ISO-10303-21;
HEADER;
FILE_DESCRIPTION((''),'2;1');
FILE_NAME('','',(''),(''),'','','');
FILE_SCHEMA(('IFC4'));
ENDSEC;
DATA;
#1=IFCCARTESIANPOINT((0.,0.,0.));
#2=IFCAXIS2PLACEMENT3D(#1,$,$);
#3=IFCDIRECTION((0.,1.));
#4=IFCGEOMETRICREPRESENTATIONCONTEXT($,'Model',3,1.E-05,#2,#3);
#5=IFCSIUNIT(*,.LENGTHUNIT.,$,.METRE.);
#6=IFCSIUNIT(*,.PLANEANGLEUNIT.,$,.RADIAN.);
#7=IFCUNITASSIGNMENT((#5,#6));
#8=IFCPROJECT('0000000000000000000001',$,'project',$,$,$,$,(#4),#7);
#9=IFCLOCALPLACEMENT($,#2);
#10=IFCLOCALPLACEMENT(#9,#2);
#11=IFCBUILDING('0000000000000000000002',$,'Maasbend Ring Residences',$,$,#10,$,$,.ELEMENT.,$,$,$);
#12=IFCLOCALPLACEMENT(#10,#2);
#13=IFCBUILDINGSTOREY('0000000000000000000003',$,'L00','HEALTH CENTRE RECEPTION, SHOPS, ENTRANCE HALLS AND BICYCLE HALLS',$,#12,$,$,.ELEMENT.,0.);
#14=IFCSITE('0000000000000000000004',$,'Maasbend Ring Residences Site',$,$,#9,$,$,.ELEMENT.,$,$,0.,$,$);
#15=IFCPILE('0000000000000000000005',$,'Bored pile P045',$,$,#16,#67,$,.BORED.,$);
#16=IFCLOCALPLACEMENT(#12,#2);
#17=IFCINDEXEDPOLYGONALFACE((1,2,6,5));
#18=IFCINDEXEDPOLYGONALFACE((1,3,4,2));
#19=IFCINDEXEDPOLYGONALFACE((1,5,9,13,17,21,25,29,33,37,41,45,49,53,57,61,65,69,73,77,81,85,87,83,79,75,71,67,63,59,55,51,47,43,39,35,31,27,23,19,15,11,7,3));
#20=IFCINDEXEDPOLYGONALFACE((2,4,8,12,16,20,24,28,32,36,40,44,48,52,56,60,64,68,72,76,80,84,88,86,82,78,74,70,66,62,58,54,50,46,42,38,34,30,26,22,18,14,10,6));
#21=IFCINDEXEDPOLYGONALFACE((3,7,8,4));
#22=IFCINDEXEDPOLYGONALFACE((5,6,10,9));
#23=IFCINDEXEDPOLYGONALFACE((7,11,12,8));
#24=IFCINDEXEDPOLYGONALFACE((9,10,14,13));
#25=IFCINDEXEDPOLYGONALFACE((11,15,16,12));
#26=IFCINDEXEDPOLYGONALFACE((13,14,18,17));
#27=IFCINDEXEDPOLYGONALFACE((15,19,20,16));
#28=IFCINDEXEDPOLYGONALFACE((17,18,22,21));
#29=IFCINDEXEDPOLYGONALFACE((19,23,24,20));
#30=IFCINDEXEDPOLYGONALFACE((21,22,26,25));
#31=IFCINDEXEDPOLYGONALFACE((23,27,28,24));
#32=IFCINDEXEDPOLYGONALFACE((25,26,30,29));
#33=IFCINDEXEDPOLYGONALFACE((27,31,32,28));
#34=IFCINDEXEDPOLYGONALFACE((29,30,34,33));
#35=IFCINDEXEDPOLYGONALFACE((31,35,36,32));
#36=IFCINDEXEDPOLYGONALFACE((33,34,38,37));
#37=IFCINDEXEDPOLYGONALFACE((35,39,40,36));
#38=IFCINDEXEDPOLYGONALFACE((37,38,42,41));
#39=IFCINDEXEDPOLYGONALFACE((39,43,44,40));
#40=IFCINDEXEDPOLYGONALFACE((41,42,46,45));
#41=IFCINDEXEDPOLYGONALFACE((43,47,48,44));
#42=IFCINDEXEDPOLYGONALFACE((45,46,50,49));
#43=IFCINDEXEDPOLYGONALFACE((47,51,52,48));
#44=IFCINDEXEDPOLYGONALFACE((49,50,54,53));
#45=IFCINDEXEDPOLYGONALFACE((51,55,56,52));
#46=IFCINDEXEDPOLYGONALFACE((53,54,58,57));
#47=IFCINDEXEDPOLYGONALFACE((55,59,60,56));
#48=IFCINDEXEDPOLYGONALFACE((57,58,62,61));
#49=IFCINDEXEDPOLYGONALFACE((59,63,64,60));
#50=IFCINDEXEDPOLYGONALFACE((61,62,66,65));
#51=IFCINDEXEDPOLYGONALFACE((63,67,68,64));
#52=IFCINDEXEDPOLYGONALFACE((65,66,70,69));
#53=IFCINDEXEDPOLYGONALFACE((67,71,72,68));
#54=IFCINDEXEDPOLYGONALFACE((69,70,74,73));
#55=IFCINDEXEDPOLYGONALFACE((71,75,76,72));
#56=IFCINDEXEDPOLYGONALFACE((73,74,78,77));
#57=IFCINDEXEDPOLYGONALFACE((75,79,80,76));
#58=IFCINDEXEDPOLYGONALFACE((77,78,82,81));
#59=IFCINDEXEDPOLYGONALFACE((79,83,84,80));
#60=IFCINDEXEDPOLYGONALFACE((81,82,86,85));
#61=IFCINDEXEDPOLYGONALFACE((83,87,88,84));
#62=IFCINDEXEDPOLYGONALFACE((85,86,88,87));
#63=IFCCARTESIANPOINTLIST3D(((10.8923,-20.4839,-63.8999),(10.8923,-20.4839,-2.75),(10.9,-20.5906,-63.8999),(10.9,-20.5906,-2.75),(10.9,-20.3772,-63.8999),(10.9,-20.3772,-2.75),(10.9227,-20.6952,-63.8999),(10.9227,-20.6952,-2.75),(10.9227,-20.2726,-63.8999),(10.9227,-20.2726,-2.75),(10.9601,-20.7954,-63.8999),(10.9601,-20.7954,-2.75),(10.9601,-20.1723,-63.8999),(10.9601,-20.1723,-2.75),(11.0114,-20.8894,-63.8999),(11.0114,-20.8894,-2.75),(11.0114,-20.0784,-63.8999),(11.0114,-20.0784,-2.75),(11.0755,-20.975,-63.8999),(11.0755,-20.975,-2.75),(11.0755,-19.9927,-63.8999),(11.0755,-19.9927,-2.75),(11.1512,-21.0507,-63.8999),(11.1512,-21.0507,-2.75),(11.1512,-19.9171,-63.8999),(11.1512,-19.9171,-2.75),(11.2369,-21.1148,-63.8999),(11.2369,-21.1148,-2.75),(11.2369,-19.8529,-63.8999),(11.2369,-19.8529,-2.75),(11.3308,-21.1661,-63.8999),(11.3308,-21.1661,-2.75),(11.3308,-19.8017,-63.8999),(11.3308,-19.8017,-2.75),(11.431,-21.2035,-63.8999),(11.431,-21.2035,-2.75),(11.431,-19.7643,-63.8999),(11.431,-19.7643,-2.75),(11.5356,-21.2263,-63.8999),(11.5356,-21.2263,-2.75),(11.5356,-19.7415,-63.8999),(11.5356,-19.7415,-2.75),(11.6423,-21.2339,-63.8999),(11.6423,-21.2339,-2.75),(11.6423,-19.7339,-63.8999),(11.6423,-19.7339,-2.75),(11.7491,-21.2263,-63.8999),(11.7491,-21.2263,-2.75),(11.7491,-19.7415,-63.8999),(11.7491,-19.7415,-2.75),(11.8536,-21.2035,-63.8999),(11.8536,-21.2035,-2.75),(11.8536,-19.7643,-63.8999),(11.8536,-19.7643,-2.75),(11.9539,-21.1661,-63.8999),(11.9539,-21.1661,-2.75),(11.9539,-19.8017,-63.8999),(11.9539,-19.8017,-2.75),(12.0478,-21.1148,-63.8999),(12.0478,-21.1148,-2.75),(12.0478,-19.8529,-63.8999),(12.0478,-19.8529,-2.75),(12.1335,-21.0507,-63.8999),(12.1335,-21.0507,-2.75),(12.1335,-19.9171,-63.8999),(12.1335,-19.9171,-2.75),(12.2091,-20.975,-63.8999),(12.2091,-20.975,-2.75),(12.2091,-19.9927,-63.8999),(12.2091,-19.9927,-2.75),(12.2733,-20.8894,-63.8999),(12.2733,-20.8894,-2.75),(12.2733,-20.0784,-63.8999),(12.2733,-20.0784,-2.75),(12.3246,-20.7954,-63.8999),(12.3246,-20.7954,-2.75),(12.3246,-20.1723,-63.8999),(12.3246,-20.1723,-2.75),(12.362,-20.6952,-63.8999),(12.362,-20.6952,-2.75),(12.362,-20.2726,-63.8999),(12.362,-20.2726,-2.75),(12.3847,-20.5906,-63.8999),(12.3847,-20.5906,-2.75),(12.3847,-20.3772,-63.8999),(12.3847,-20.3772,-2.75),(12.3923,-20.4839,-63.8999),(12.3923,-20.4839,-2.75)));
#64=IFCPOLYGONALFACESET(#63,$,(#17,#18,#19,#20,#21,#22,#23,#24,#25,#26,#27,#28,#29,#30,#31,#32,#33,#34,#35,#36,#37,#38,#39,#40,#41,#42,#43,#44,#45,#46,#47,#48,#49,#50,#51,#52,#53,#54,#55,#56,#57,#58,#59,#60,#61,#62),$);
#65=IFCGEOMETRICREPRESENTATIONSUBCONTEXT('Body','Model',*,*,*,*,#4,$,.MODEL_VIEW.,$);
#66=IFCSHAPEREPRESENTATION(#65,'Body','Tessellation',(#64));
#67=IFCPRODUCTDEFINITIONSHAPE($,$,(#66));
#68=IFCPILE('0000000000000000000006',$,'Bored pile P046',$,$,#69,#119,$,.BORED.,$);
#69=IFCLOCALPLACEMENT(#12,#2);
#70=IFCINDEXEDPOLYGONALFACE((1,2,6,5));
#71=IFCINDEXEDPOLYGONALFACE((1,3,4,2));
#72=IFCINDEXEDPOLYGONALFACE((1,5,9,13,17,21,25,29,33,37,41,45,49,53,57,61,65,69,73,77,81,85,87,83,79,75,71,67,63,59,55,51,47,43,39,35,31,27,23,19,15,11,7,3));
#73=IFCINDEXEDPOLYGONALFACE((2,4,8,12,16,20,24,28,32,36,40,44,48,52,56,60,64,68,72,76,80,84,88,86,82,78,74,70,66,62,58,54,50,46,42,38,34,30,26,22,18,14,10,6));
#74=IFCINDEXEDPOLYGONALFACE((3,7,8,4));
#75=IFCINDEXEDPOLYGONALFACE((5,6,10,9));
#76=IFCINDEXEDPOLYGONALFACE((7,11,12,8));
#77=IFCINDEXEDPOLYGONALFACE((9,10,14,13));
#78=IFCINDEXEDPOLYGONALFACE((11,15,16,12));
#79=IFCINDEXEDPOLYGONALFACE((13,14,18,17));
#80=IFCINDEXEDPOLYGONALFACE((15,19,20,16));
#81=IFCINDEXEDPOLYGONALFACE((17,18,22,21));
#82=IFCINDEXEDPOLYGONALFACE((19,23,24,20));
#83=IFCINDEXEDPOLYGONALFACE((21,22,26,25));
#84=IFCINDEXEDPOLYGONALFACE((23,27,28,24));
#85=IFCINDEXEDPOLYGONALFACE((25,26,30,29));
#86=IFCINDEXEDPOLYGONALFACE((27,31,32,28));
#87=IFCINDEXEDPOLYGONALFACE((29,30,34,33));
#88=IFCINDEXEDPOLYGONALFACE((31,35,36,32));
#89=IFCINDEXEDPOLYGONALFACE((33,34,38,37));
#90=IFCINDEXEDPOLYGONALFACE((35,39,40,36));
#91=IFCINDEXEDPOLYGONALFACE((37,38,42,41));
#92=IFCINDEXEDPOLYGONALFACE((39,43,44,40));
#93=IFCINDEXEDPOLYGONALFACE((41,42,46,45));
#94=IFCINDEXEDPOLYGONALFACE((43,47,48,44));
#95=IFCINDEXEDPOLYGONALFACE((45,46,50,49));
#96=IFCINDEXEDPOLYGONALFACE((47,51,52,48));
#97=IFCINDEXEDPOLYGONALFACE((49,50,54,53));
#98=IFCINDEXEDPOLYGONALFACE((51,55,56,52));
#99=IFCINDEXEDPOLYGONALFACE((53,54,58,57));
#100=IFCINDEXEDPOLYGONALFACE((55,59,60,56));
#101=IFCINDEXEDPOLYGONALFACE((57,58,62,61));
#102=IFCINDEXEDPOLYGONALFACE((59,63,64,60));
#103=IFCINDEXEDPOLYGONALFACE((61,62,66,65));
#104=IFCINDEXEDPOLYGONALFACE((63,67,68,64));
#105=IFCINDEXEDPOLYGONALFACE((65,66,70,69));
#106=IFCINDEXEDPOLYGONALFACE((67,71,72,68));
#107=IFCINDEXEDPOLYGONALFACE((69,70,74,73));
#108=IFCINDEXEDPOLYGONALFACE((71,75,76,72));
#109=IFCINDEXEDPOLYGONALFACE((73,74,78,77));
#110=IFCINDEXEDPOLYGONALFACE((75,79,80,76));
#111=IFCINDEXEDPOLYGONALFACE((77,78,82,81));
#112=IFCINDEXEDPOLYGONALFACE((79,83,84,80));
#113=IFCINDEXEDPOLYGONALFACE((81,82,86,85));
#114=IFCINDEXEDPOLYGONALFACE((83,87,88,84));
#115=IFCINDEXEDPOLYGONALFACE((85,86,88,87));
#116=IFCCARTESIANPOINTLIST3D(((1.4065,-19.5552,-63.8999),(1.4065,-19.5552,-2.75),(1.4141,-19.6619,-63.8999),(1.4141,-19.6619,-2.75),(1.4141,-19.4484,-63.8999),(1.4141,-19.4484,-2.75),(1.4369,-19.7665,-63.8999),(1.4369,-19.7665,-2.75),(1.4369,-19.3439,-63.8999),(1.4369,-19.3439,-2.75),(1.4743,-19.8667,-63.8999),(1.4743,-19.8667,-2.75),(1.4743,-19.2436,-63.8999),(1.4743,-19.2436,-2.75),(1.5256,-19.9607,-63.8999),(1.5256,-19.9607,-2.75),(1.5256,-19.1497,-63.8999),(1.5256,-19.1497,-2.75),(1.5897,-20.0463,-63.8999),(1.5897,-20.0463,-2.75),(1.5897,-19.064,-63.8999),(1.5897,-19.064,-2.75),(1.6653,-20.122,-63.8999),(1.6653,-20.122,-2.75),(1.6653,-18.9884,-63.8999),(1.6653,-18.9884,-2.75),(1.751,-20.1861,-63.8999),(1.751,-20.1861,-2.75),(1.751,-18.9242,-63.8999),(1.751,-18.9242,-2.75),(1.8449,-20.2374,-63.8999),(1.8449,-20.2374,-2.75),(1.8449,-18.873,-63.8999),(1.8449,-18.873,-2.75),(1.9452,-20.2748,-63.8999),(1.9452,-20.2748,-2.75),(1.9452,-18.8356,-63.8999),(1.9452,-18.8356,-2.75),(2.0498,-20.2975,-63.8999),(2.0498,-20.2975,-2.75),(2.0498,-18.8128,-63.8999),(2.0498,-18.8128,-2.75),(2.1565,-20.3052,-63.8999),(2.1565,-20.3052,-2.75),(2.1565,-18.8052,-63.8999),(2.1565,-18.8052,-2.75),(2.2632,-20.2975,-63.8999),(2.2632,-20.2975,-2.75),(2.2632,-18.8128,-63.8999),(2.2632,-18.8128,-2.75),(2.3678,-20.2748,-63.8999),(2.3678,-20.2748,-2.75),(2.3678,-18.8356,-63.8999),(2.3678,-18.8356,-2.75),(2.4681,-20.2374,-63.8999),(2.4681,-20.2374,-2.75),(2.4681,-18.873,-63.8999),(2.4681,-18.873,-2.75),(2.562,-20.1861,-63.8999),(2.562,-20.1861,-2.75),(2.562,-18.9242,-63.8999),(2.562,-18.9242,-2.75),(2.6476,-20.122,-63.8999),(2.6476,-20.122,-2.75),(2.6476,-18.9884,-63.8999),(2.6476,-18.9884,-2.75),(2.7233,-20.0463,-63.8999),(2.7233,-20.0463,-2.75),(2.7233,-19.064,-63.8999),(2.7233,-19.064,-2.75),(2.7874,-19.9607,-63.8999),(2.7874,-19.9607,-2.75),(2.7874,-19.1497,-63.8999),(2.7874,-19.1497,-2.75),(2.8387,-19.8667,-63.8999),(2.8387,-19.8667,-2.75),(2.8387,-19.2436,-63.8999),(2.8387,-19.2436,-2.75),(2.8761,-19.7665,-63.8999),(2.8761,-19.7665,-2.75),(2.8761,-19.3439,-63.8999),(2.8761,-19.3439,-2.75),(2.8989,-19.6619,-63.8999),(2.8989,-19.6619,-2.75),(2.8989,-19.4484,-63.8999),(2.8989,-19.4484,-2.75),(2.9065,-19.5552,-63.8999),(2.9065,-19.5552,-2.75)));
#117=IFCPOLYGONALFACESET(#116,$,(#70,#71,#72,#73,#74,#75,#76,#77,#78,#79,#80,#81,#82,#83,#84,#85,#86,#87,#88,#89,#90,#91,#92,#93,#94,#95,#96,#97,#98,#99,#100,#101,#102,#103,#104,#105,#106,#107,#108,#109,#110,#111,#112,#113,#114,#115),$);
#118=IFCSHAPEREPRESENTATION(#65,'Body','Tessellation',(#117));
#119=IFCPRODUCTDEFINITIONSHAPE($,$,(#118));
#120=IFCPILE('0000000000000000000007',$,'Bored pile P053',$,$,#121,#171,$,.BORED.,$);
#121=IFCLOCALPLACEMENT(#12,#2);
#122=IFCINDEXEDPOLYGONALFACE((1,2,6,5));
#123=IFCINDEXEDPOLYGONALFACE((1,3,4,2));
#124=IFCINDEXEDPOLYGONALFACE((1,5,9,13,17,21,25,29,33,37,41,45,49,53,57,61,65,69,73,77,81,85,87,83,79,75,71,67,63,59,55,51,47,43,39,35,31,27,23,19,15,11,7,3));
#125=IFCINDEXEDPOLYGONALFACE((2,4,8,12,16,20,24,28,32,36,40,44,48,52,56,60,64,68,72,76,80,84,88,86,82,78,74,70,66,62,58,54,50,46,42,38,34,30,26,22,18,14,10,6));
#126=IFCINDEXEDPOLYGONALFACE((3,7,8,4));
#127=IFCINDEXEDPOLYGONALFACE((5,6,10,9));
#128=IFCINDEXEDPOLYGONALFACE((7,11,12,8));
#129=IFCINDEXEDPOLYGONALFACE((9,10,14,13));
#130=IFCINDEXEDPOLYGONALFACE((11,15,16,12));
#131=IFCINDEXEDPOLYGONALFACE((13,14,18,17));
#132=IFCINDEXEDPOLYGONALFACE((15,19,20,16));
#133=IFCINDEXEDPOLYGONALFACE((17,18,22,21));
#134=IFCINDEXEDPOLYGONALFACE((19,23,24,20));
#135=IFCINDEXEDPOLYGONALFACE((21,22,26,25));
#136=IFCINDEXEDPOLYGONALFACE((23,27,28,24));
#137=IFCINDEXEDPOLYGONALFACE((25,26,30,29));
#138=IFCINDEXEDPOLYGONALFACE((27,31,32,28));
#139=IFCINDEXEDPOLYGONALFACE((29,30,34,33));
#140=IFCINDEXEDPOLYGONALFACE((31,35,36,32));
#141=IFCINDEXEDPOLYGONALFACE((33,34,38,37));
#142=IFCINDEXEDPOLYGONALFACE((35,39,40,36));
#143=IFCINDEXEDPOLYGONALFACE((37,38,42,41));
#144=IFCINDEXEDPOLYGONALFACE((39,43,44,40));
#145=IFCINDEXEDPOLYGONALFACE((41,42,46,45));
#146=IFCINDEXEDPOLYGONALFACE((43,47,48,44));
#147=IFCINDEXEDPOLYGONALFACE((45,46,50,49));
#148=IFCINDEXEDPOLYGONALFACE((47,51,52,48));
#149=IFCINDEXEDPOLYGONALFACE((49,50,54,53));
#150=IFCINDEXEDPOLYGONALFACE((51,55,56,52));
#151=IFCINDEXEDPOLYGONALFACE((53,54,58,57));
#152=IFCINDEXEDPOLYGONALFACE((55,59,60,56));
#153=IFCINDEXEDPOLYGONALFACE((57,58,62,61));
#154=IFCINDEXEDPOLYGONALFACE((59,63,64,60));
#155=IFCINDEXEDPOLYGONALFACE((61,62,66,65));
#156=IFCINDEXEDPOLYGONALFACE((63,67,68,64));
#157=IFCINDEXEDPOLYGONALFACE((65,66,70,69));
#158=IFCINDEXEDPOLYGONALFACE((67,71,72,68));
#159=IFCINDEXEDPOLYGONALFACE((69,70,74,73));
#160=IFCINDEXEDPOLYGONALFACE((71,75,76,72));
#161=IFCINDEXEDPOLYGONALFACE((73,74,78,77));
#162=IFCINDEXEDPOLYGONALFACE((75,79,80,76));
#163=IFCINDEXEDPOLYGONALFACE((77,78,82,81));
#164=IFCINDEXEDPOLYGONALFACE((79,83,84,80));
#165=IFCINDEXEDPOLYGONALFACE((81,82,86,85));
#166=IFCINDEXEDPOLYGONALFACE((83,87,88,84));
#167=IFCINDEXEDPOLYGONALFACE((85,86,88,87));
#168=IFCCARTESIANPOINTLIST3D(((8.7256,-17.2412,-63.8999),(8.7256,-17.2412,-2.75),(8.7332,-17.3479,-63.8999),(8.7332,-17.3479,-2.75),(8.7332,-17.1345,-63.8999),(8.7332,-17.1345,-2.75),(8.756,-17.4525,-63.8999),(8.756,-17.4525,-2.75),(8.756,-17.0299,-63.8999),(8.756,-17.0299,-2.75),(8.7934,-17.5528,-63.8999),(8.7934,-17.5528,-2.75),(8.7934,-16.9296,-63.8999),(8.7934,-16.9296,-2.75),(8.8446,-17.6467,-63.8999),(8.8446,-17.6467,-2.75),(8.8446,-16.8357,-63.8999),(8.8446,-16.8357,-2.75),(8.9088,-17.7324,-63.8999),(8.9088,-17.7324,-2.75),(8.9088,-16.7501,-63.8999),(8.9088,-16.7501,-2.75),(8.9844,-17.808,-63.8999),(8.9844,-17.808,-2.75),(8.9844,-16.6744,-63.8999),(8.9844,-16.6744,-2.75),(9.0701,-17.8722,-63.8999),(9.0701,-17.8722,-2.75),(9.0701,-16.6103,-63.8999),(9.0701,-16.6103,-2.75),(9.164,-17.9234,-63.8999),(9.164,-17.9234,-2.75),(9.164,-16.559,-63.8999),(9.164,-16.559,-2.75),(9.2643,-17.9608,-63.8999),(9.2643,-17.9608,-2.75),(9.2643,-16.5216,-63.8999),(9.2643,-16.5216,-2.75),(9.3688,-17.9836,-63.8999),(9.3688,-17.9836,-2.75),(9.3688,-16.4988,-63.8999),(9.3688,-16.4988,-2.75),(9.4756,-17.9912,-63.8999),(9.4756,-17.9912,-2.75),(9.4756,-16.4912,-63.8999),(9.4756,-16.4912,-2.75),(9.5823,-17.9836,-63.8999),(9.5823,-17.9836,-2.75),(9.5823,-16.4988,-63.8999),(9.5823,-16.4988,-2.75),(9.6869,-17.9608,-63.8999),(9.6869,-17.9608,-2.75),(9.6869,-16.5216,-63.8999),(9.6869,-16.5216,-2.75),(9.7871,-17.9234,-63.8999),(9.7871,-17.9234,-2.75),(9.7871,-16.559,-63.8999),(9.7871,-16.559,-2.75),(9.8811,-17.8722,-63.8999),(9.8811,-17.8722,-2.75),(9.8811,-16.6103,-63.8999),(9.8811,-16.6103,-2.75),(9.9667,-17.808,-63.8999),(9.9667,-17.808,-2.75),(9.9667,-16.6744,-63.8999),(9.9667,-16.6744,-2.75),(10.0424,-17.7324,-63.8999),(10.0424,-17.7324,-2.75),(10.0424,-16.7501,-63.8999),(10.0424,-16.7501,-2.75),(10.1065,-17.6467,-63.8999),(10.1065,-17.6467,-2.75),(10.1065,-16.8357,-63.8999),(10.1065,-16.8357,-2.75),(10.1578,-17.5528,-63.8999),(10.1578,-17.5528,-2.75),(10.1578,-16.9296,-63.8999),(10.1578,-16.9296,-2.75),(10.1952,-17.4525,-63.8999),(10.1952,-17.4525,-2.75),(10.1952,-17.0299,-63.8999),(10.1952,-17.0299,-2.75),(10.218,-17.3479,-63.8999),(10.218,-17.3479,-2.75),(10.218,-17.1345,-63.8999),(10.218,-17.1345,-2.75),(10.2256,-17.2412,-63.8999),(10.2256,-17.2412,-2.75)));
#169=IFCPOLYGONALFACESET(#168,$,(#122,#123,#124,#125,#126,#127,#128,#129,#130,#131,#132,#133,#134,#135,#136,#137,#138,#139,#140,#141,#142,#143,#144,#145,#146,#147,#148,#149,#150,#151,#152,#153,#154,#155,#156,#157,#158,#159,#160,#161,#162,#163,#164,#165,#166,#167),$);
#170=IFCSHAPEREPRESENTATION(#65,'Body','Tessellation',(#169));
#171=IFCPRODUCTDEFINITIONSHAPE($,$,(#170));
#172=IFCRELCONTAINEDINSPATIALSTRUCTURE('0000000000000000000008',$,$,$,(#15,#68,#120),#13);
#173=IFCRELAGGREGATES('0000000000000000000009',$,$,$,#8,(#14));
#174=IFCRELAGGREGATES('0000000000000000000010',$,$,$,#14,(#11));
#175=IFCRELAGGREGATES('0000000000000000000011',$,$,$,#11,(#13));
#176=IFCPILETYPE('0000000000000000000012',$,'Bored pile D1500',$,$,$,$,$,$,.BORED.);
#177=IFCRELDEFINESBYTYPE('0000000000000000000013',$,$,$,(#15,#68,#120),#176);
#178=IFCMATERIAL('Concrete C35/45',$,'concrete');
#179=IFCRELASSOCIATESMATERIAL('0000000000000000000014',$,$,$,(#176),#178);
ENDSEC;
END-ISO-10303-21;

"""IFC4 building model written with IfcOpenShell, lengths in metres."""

from ifc_helpers import new_model, si_unit, direction, frame, origin, origin_2d, place, context, subcontext, project, spatial, circle, extrude, material, material_profile, profile_set, type_object, element, save


model = new_model("IFC4")

# Units and contexts
model_context = context("Model", 3, precision=1e-05, world=origin(), true_north=direction((0.0, 1.0)))
body_context = subcontext(model_context, "Body", "Model", "MODEL_VIEW")
ifc_project = project(units=[si_unit("LENGTHUNIT", "METRE"), si_unit("PLANEANGLEUNIT", "RADIAN")], contexts=[model_context])

# Site, building, storey
site_placement = place(None, origin())
site = spatial("IfcSite", under=ifc_project, at=site_placement, Name="Maasbend Ring Residences Site", CompositionType="ELEMENT", RefElevation=0.0)
building_placement = place(site_placement, origin())
building = spatial("IfcBuilding", under=site, at=building_placement, Name="Maasbend Ring Residences", CompositionType="ELEMENT")
storey_placement = place(building_placement, origin())
storey = spatial("IfcBuildingStorey", under=building, at=storey_placement, Name="L00", Description="HEALTH CENTRE RECEPTION, SHOPS, ENTRANCE HALLS AND BICYCLE HALLS", CompositionType="ELEMENT", Elevation=0.0)

# Piles
ifc_material_1 = material(Name="Concrete C35/45", Category="concrete")
ifc_material_profile_1 = material_profile(ifc_material_1, circle(Radius=0.75, at=origin_2d()), Name="Bored pile D1500")
ifc_profile_set_1 = profile_set([ifc_material_profile_1], Name="Concrete C35/45")
pile_type = type_object("IfcPileType", Name="Bored pile D1500", PredefinedType="BORED", material=ifc_profile_set_1)
for number, where, z_axis, x_axis, name in (
    (1, (11.6423, -20.4839, -2.75), (0.0, 0.0, -1.0), (1.0, 0.0, 0.0), "Bored pile P045"),
    (2, (2.1565, -19.5552, -2.75), (0.0, 0.0, -1.0), (1.0, 0.0, 0.0), "Bored pile P046"),
    (3, (9.4756, -17.2412, -2.75), (0.0, 0.0, -1.0), (1.0, 0.0, 0.0), "Bored pile P053"),
):
    element("IfcPile", number, at=place(storey_placement, frame(where, z_axis=z_axis, x_axis=x_axis)), inside=storey, type_object=pile_type, Name=name, PredefinedType="BORED", context=body_context, shape_type="SweptSolid", body=[
        extrude(circle(Radius=0.75, at=origin_2d()), origin(), (0.0, 0.0, 1.0), 61.1499),
    ])

save(model, "model.ifc")
